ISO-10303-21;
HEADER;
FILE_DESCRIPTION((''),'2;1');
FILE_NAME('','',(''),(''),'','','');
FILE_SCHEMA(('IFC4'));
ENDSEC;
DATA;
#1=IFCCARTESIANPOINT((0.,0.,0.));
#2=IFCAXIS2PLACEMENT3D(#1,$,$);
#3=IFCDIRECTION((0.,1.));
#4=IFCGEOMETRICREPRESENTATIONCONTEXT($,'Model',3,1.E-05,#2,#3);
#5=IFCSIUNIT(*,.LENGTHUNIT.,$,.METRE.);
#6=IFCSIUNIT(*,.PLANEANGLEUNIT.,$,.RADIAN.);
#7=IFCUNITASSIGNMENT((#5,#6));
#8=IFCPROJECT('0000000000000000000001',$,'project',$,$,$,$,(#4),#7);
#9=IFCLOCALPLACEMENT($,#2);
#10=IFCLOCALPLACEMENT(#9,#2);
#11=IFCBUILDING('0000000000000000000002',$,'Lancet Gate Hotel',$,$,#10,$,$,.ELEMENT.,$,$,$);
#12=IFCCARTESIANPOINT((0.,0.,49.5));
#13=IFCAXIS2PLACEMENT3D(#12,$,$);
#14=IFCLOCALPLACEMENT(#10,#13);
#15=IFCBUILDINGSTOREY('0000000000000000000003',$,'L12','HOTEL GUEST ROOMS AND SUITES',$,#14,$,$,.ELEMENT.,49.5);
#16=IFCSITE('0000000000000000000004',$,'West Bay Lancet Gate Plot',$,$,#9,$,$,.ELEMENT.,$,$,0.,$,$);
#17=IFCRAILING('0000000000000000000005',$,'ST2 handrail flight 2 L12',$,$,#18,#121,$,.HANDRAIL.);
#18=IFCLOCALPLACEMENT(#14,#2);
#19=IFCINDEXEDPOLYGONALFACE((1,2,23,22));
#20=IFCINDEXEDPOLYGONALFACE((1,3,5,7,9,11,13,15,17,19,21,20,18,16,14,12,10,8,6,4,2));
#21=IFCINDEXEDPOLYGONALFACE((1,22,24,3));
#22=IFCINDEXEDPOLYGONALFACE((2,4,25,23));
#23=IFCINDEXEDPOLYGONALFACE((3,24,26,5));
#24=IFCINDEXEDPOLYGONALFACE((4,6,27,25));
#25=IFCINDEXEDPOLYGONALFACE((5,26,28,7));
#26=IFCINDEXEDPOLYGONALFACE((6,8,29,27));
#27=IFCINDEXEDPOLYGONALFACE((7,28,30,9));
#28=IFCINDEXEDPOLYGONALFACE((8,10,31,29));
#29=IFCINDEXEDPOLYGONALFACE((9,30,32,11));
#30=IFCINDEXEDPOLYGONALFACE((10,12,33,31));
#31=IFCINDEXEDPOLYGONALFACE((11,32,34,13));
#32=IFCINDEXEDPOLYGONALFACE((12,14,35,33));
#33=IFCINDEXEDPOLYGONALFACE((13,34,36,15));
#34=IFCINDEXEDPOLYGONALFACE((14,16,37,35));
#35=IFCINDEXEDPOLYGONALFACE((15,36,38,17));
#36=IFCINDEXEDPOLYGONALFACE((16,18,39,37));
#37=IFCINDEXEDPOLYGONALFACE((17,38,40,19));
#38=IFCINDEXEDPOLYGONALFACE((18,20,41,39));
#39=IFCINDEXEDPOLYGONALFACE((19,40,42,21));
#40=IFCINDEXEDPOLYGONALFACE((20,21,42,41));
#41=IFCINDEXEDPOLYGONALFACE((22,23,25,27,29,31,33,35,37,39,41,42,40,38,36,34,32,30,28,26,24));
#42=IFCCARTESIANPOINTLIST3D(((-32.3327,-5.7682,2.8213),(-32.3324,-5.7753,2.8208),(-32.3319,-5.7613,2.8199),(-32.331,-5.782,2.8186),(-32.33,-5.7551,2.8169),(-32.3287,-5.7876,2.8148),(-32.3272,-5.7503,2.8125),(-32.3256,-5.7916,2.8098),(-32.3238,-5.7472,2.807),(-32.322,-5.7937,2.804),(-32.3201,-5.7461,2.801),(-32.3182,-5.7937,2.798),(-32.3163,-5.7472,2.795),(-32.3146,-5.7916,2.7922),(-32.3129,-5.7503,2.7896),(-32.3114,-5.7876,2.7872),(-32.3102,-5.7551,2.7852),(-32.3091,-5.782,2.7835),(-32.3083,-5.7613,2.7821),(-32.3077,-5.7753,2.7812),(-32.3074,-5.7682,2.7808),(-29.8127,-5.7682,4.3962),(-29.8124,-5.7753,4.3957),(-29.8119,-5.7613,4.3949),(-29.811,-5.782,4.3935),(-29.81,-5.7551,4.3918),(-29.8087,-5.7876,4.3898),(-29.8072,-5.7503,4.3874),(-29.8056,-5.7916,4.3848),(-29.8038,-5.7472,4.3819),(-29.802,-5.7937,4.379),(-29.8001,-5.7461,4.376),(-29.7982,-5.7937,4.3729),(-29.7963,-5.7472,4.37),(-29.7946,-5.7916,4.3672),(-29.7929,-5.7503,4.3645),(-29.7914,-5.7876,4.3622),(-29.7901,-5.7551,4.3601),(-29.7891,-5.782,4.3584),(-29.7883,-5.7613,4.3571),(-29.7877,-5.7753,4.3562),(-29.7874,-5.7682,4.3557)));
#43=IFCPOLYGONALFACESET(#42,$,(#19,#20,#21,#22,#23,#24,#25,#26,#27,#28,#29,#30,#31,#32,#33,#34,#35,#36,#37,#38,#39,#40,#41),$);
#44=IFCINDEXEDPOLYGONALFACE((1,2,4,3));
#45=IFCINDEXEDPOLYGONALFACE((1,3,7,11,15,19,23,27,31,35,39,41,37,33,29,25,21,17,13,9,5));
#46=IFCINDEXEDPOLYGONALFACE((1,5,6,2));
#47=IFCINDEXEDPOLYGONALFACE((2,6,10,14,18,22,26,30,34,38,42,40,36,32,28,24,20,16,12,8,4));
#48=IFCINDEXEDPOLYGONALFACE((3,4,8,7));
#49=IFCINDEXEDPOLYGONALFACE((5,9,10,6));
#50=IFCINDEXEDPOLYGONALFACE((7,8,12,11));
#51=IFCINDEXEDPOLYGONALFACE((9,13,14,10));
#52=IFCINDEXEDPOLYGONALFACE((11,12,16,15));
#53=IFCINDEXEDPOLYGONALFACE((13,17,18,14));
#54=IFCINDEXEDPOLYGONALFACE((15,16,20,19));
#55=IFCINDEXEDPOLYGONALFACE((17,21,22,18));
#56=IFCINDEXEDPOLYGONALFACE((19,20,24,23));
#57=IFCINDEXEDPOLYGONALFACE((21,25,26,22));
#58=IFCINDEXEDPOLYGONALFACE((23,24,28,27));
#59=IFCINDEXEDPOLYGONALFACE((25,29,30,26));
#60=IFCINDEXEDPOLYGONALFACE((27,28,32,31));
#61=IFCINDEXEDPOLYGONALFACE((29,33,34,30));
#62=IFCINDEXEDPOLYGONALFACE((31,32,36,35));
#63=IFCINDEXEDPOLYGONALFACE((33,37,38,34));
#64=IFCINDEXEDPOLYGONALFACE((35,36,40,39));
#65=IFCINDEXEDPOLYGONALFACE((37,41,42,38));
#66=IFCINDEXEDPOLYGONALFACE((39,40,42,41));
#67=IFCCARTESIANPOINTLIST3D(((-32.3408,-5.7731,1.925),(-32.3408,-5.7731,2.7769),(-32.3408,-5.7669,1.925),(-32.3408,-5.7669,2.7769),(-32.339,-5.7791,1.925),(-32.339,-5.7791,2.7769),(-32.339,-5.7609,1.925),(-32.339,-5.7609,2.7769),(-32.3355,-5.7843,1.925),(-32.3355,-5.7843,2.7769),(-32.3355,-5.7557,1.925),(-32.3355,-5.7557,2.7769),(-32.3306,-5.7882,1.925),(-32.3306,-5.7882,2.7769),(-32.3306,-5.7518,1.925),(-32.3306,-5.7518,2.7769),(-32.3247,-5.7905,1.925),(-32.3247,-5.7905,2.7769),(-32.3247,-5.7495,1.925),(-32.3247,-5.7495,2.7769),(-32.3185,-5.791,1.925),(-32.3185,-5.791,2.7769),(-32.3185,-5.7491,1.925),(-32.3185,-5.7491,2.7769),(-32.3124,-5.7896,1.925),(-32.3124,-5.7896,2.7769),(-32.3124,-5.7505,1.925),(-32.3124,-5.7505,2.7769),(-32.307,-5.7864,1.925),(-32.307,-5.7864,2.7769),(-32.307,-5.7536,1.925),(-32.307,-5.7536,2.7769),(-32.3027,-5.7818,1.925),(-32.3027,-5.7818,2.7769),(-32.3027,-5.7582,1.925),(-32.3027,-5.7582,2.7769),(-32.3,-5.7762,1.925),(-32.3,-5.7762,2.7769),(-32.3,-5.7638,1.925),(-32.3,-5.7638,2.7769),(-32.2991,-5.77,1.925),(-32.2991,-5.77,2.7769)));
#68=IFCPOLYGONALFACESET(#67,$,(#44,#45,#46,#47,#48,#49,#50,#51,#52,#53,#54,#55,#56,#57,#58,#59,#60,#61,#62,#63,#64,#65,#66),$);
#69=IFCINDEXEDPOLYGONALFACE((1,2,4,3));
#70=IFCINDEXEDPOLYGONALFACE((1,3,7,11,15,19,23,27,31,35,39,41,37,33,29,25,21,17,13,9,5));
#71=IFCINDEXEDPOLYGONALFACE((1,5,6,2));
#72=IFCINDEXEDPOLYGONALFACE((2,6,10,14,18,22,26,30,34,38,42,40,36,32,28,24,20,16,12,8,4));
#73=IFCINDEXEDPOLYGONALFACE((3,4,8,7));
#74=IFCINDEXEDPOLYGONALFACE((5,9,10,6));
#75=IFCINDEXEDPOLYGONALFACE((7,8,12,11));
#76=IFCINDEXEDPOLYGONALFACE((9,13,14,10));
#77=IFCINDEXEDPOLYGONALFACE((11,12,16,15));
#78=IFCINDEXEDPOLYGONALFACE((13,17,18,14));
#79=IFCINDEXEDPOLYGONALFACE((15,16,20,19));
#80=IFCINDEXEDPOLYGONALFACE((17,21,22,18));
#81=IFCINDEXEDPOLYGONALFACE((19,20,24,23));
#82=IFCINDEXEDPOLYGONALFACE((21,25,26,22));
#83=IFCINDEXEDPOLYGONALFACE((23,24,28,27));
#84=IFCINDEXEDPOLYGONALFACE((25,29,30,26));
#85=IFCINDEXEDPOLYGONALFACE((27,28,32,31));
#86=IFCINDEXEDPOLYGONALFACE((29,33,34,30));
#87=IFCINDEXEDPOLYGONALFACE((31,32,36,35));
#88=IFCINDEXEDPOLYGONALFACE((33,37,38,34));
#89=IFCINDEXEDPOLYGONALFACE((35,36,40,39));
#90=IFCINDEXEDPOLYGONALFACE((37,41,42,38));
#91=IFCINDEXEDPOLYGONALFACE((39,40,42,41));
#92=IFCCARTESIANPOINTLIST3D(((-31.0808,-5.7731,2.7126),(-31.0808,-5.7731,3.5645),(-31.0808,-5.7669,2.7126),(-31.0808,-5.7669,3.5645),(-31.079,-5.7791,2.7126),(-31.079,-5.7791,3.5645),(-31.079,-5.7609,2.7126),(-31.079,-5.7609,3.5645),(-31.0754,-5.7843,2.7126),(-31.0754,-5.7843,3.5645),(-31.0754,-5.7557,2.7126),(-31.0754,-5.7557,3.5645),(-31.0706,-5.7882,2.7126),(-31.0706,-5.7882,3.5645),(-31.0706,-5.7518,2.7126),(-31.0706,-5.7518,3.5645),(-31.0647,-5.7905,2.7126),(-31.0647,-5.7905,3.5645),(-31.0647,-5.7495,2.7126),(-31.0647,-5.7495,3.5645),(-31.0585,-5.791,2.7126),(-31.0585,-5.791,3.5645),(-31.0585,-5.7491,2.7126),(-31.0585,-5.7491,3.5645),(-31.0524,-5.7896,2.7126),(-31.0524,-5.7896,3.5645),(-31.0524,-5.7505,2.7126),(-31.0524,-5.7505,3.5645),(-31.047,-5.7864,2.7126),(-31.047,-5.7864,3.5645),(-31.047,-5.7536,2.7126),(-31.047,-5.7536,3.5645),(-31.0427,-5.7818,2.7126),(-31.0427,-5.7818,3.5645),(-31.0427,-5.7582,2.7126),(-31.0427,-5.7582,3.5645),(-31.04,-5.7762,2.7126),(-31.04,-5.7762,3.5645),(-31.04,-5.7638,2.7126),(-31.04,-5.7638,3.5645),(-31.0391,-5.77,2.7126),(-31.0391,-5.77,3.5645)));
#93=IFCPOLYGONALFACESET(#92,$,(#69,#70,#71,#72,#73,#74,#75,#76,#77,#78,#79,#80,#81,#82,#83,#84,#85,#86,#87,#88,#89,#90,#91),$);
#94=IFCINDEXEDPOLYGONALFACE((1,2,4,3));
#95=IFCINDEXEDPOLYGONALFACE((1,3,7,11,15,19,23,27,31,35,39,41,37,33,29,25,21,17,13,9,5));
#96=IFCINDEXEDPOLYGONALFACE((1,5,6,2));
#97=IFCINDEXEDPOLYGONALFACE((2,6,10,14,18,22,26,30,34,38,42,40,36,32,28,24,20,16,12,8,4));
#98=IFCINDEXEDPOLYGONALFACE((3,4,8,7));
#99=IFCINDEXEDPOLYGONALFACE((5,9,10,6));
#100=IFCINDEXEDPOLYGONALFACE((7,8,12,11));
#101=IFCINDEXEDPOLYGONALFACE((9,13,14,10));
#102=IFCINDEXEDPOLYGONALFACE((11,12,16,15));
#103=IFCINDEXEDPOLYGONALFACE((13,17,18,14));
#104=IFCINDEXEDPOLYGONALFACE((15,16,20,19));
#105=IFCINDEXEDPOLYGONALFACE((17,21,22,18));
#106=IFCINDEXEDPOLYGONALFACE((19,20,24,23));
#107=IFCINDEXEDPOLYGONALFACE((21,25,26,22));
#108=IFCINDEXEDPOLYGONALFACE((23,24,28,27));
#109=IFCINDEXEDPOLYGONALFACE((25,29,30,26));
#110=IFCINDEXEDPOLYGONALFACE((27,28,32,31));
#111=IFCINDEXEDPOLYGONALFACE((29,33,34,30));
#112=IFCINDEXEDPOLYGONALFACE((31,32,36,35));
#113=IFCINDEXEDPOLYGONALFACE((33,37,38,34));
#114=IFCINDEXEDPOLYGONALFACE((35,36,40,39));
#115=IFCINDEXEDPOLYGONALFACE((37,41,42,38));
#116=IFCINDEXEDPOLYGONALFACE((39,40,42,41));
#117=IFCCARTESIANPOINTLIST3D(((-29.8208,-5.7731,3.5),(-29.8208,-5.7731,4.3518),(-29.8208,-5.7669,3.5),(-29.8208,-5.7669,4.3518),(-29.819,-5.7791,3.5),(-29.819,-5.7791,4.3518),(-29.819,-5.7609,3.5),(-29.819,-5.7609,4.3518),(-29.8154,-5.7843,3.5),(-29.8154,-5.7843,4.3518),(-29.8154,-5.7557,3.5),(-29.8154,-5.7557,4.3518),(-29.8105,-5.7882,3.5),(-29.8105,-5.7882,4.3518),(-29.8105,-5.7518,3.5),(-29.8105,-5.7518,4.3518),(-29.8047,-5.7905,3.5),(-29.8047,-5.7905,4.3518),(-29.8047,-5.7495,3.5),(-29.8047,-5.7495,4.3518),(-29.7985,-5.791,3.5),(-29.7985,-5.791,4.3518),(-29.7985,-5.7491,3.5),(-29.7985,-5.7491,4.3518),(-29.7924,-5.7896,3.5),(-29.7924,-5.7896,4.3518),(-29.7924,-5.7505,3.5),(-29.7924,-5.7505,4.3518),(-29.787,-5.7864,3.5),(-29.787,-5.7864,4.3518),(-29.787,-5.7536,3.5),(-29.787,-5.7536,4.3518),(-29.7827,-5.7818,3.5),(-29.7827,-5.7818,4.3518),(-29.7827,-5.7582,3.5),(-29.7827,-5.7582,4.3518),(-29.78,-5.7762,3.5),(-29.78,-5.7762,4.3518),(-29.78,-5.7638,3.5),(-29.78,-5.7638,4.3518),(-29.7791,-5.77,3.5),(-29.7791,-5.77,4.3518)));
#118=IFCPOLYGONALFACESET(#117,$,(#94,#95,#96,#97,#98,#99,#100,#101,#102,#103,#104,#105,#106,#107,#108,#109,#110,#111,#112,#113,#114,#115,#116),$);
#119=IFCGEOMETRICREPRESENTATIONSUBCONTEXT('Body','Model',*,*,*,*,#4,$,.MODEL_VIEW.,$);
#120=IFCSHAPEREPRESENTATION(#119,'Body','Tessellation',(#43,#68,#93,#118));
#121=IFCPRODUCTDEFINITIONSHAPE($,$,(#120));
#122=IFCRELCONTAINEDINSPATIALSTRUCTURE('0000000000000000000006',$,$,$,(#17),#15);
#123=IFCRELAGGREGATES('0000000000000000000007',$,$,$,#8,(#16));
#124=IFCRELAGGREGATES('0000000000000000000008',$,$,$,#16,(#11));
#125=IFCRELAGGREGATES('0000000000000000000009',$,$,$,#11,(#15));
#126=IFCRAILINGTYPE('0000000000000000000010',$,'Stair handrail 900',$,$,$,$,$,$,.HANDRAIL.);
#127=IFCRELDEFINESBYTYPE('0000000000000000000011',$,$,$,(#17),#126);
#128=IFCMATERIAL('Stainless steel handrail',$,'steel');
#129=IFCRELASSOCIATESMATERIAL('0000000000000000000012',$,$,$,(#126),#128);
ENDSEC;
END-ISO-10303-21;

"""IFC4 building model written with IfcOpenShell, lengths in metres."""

from ifc_helpers import new_model, si_unit, direction, frame, origin, origin_2d, place, context, subcontext, project, spatial, circle, extrude, material, type_object, element, save


model = new_model("IFC4")

# Units and contexts
model_context = context("Model", 3, precision=1e-05, world=origin(), true_north=direction((0.0, 1.0)))
body_context = subcontext(model_context, "Body", "Model", "MODEL_VIEW")
ifc_project = project(units=[si_unit("LENGTHUNIT", "METRE"), si_unit("PLANEANGLEUNIT", "RADIAN")], contexts=[model_context])

# Site, building, storey
site_placement = place(None, origin())
site = spatial("IfcSite", under=ifc_project, at=site_placement, Name="West Bay Lancet Gate Plot", CompositionType="ELEMENT", RefElevation=0.0)
building_placement = place(site_placement, origin())
building = spatial("IfcBuilding", under=site, at=building_placement, Name="Lancet Gate Hotel", CompositionType="ELEMENT")
storey_placement = place(building_placement, frame((0.0, 0.0, 49.5)))
storey = spatial("IfcBuildingStorey", under=building, at=storey_placement, Name="L12", Description="HOTEL GUEST ROOMS AND SUITES", CompositionType="ELEMENT", Elevation=49.5)

# Railing
ifc_material_1 = material(Name="Stainless steel handrail", Category="steel")
railing_type = type_object("IfcRailingType", Name="Stair handrail 900", PredefinedType="HANDRAIL", material=ifc_material_1)
railing_1_placement = place(storey_placement, frame((-32.3201, -5.77, 1.925)))
element("IfcRailing", 1, at=railing_1_placement, inside=storey, type_object=railing_type, Name="ST2 handrail flight 2 L12", PredefinedType="HANDRAIL", context=body_context, shape_type="SweptSolid", body=[
    extrude(circle(Radius=0.0239, at=origin_2d()), frame((0.0, 0.0, 0.876), z_axis=(0.848008, 0.0, 0.529984), x_axis=(0.0, 1.0, 0.0)), (0.0, 0.0, 1.0), 2.9717),
    extrude(circle(Radius=0.021, at=origin_2d()), origin(), (0.0, 0.0, 1.0), 0.8518),
    extrude(circle(Radius=0.021, at=origin_2d()), frame((1.26, 0.0, 0.7876)), (0.0, 0.0, 1.0), 0.8518),
    extrude(circle(Radius=0.021, at=origin_2d()), frame((2.52, 0.0, 1.575)), (0.0, 0.0, 1.0), 0.8518),
])

save(model, "model.ifc")
